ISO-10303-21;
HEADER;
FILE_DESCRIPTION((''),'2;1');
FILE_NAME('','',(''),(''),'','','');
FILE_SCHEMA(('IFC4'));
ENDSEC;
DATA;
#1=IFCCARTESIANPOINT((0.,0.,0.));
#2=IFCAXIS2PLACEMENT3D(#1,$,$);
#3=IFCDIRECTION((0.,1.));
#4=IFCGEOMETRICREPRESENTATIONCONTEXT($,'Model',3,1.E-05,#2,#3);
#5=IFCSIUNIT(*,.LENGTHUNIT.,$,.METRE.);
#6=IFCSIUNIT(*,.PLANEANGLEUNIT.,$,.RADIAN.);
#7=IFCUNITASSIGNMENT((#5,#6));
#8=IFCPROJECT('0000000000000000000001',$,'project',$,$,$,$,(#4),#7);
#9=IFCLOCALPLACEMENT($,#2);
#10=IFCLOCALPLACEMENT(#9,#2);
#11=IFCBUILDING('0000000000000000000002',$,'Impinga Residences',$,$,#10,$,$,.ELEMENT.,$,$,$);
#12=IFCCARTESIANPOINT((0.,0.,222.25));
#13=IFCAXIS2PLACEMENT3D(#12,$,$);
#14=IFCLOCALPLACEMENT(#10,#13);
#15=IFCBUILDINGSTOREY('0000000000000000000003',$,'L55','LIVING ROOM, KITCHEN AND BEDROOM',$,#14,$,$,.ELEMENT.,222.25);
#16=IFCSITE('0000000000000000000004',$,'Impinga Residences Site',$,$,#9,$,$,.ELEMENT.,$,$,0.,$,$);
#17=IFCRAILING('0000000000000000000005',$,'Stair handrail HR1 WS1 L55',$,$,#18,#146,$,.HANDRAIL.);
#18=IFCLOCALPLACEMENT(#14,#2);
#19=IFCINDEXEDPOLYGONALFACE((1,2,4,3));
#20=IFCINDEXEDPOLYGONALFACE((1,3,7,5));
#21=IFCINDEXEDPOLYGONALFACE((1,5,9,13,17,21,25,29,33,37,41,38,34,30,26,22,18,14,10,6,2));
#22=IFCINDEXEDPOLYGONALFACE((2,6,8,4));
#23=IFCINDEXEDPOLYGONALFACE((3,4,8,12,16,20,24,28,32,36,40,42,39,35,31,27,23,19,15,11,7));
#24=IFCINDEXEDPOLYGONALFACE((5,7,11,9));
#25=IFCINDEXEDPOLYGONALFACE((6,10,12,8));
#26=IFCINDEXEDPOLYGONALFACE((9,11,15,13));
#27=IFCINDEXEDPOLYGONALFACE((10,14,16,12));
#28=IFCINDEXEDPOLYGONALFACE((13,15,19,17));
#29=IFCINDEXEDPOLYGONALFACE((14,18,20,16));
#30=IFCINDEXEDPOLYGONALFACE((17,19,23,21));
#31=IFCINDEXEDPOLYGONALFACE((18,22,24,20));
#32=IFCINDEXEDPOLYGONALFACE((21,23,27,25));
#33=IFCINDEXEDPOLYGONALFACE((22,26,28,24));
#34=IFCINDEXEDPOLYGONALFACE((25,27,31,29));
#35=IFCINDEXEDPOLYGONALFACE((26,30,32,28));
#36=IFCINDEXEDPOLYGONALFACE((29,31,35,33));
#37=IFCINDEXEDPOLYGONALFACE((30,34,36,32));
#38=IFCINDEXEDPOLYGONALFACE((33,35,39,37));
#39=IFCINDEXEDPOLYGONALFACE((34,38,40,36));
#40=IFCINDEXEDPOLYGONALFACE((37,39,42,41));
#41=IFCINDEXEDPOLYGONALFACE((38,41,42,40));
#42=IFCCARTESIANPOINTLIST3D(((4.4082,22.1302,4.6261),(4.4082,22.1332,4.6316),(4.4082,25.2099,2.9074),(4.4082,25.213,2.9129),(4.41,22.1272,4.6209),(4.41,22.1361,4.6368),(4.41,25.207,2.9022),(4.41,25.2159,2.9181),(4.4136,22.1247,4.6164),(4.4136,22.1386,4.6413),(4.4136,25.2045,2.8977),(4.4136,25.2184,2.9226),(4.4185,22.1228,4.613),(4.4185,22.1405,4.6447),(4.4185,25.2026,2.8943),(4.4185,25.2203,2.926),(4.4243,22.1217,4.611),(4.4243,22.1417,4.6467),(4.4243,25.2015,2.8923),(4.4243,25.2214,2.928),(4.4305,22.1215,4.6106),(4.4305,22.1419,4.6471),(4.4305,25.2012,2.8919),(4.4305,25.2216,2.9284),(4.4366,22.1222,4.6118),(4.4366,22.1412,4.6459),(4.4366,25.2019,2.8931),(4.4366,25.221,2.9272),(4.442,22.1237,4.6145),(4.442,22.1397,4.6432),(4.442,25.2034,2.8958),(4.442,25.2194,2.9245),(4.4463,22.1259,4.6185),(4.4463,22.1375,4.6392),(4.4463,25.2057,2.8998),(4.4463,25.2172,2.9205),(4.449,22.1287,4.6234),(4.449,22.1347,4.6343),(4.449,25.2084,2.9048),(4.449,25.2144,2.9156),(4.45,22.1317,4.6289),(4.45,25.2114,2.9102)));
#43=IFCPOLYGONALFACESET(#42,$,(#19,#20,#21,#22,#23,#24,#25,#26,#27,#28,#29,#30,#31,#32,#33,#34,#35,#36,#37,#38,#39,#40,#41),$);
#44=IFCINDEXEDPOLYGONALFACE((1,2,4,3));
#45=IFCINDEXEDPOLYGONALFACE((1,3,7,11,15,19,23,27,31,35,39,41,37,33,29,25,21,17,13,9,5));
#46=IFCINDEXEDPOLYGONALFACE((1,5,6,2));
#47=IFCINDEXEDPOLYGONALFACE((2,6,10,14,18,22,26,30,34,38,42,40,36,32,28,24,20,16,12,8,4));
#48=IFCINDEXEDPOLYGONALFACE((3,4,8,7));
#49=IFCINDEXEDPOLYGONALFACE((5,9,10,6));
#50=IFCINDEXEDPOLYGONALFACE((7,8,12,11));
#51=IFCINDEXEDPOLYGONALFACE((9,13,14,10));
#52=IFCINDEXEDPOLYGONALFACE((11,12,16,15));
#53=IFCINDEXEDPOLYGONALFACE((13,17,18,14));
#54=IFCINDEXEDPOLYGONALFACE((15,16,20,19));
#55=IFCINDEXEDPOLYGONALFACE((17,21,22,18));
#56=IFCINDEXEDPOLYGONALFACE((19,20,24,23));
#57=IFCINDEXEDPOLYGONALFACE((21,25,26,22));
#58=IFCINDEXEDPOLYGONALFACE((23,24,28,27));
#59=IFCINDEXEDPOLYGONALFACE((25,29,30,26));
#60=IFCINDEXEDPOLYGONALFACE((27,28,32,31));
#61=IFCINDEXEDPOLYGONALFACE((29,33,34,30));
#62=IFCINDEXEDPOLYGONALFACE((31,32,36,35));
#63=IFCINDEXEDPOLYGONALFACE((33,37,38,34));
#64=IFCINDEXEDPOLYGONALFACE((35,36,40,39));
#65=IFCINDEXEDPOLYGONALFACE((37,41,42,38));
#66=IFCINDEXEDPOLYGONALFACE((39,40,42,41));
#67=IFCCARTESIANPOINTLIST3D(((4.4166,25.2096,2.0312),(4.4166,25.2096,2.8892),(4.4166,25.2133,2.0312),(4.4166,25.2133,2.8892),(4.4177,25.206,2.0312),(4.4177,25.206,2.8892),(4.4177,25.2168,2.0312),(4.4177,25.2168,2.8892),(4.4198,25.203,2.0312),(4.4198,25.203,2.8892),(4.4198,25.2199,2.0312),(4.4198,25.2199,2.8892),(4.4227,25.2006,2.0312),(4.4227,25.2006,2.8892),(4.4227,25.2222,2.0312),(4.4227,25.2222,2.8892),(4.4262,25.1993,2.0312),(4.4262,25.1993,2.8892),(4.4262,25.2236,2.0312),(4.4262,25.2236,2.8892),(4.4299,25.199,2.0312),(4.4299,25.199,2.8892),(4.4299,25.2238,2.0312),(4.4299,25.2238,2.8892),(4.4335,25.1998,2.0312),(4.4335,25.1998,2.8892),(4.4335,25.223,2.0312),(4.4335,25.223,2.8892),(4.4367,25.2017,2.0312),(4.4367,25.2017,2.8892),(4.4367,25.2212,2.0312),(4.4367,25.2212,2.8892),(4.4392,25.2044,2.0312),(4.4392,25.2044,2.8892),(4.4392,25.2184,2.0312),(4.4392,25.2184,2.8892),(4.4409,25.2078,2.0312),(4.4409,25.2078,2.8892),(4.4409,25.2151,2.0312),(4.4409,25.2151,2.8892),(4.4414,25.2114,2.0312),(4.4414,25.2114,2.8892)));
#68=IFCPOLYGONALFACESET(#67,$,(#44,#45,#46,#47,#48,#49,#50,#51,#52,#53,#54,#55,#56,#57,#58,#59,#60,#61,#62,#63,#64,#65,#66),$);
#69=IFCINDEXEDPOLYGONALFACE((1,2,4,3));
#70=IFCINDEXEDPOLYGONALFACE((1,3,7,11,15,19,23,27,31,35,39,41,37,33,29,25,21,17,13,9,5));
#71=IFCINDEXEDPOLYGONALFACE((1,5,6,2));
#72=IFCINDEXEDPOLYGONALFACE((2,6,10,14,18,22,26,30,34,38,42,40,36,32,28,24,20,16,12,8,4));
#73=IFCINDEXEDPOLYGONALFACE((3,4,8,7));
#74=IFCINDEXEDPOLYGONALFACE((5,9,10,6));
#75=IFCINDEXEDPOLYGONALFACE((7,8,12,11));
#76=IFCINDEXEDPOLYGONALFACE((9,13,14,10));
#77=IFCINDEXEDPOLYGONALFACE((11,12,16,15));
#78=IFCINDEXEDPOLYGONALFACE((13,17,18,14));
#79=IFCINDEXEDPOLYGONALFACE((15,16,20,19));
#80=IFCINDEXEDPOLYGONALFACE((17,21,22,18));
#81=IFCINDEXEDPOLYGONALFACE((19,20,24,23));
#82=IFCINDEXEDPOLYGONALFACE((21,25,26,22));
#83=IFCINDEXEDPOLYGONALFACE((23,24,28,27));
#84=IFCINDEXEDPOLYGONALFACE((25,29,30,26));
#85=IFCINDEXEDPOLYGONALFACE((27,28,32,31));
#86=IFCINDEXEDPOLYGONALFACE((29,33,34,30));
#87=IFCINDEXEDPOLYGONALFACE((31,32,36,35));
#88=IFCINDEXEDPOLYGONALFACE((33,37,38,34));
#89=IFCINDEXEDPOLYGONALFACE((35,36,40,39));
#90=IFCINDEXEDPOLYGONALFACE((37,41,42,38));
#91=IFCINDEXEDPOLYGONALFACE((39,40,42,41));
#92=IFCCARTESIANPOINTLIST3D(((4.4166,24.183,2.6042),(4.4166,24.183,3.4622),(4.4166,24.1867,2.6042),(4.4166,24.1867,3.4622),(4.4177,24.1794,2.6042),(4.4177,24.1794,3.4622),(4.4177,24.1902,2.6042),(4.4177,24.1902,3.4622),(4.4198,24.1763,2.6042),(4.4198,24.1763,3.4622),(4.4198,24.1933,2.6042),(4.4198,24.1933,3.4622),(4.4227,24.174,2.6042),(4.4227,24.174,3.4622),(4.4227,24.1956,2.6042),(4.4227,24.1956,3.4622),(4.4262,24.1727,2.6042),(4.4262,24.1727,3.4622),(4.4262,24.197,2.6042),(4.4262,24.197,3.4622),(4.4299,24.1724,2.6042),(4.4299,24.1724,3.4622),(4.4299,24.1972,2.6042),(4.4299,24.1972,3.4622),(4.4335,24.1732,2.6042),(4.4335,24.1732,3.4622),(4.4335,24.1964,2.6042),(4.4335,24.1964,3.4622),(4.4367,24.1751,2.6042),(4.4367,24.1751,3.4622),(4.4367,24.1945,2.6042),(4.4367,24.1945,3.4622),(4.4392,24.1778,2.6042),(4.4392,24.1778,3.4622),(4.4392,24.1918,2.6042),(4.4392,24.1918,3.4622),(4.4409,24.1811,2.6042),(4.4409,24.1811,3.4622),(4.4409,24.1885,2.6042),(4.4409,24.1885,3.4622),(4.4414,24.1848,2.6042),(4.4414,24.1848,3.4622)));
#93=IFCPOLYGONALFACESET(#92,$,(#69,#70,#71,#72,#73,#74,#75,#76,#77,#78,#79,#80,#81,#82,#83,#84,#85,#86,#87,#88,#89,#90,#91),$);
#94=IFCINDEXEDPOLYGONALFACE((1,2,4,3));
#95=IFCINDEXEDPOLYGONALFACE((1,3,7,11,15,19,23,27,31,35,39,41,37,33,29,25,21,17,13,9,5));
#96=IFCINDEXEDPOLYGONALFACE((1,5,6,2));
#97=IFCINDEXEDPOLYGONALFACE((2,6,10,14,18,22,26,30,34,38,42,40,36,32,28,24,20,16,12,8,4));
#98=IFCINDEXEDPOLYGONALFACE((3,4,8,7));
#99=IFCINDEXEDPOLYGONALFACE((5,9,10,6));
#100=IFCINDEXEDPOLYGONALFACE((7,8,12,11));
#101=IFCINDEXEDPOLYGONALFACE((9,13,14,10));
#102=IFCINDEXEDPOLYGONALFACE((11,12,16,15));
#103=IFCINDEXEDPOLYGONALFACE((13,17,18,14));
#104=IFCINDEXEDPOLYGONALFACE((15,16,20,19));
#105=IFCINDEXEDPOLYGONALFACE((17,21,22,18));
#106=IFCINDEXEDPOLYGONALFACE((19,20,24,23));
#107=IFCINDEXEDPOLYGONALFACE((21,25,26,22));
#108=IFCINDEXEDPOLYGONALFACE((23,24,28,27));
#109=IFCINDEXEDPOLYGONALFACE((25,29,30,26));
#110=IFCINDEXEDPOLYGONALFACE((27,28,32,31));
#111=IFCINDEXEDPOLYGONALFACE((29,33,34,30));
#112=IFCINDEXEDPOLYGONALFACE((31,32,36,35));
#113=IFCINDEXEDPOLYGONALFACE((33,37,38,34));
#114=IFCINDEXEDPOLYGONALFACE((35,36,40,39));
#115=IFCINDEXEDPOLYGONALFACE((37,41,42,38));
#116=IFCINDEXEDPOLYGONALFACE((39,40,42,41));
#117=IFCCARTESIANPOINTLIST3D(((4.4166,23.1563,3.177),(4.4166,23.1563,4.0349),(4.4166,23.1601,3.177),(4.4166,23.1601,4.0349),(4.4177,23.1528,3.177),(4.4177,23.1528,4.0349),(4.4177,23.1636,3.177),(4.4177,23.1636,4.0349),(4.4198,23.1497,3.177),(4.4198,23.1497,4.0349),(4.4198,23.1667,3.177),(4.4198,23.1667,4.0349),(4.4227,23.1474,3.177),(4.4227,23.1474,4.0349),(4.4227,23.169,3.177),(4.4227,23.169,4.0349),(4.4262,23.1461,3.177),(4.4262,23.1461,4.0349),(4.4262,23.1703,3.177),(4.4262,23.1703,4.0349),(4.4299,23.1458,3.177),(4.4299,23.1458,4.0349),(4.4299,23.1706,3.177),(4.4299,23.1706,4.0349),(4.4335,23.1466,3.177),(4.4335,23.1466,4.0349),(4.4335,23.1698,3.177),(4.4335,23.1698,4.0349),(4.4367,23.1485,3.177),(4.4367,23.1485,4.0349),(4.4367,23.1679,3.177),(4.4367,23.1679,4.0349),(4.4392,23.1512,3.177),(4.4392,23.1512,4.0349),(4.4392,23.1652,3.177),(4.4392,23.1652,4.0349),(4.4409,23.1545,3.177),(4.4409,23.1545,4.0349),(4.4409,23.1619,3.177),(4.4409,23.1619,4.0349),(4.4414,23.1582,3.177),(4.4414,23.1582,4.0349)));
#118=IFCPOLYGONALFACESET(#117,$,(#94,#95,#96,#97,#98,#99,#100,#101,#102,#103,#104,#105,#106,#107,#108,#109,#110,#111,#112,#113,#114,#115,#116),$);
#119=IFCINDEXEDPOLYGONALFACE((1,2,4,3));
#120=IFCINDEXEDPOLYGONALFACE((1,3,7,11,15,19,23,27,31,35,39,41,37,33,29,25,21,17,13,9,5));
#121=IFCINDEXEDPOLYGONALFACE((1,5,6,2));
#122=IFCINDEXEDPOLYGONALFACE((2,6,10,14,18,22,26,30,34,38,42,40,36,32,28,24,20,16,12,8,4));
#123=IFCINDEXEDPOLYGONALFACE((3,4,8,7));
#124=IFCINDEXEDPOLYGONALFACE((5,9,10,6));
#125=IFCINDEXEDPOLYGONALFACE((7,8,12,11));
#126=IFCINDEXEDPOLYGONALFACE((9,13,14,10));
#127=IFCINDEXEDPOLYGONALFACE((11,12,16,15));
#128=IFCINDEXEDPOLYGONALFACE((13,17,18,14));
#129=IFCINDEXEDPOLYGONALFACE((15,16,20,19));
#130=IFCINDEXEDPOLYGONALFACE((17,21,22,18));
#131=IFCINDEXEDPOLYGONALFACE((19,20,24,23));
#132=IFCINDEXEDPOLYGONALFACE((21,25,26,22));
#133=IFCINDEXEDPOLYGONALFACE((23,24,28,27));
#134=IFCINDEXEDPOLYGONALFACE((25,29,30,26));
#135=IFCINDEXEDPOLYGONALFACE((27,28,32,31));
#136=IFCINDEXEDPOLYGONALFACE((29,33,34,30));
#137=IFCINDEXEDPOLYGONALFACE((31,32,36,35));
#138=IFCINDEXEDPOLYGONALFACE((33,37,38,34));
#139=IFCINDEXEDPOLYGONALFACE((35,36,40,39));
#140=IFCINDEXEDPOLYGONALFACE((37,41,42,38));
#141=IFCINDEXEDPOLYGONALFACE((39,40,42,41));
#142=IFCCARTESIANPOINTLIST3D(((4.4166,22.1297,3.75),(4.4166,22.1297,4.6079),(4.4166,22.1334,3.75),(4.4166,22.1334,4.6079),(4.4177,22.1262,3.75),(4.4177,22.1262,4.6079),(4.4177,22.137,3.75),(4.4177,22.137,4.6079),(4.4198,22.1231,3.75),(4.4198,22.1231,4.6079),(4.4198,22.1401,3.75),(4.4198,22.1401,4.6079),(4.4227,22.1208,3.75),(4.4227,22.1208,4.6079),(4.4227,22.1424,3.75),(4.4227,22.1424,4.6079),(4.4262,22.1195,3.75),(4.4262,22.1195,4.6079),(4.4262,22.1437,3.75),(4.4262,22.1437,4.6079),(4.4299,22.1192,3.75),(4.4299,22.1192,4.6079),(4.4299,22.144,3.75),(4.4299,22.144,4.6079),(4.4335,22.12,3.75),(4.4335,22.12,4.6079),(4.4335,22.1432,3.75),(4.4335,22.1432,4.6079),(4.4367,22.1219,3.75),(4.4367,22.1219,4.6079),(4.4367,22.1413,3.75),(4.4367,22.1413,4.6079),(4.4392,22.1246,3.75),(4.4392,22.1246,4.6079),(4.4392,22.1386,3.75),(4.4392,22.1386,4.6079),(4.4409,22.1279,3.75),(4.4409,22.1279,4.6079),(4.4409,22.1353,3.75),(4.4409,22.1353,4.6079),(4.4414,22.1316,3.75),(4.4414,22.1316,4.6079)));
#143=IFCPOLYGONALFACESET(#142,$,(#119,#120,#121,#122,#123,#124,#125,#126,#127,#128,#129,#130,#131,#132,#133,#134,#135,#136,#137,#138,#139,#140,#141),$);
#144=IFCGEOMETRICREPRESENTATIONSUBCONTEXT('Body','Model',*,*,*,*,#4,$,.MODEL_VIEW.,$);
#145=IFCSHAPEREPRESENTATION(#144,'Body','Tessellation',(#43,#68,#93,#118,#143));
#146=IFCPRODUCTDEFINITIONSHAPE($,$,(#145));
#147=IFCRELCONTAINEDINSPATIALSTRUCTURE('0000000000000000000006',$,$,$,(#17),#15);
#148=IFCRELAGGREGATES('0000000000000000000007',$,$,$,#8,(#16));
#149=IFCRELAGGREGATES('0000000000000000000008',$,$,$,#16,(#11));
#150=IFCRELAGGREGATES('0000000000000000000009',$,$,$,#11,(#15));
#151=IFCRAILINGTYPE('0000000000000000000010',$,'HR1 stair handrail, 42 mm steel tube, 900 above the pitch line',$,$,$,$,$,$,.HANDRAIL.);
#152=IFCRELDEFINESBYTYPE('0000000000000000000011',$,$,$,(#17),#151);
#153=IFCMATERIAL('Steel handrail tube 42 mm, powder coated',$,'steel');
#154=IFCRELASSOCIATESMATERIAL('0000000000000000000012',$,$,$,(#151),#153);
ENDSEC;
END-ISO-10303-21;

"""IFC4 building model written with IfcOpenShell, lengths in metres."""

from ifc_helpers import new_model, si_unit, direction, frame, origin, origin_2d, place, context, subcontext, project, spatial, circle, extrude, material, type_object, element, save


model = new_model("IFC4")

# Units and contexts
model_context = context("Model", 3, precision=1e-05, world=origin(), true_north=direction((0.0, 1.0)))
body_context = subcontext(model_context, "Body", "Model", "MODEL_VIEW")
ifc_project = project(units=[si_unit("LENGTHUNIT", "METRE"), si_unit("PLANEANGLEUNIT", "RADIAN")], contexts=[model_context])

# Site, building, storey
site_placement = place(None, origin())
site = spatial("IfcSite", under=ifc_project, at=site_placement, Name="Impinga Residences Site", CompositionType="ELEMENT", RefElevation=0.0)
building_placement = place(site_placement, origin())
building = spatial("IfcBuilding", under=site, at=building_placement, Name="Impinga Residences", CompositionType="ELEMENT")
storey_placement = place(building_placement, frame((0.0, 0.0, 222.25)))
storey = spatial("IfcBuildingStorey", under=building, at=storey_placement, Name="L55", Description="LIVING ROOM, KITCHEN AND BEDROOM", CompositionType="ELEMENT", Elevation=222.25)

# Railing
ifc_material_1 = material(Name="Steel handrail tube 42 mm, powder coated", Category="steel")
railing_type_1 = type_object("IfcRailingType", Name="HR1 stair handrail, 42 mm steel tube, 900 above the pitch line", PredefinedType="HANDRAIL", material=ifc_material_1)
railing_1_placement = place(storey_placement, frame((4.429, 25.2114, 2.0312)))
element("IfcRailing", 1, at=railing_1_placement, inside=storey, type_object=railing_type_1, Name="Stair handrail HR1 WS1 L55", PredefinedType="HANDRAIL", context=body_context, shape_type="SweptSolid", body=[
    extrude(circle(Radius=0.021, at=origin_2d()), frame((0.0, 0.0, 0.8789), z_axis=(0.0, -0.873225, 0.487317), x_axis=(1.0, 0.0, 0.0)), (0.0, 0.0, 1.0), 3.5269),
    extrude(circle(Radius=0.0125, at=origin_2d()), origin(), (0.0, 0.0, 1.0), 0.8579),
    extrude(circle(Radius=0.0125, at=origin_2d()), frame((0.0, -1.0266, 0.573)), (0.0, 0.0, 1.0), 0.8579),
    extrude(circle(Radius=0.0125, at=origin_2d()), frame((0.0, -2.0532, 1.1458)), (0.0, 0.0, 1.0), 0.8579),
    extrude(circle(Radius=0.0125, at=origin_2d()), frame((0.0, -3.0798, 1.7188)), (0.0, 0.0, 1.0), 0.8579),
])

save(model, "model.ifc")
